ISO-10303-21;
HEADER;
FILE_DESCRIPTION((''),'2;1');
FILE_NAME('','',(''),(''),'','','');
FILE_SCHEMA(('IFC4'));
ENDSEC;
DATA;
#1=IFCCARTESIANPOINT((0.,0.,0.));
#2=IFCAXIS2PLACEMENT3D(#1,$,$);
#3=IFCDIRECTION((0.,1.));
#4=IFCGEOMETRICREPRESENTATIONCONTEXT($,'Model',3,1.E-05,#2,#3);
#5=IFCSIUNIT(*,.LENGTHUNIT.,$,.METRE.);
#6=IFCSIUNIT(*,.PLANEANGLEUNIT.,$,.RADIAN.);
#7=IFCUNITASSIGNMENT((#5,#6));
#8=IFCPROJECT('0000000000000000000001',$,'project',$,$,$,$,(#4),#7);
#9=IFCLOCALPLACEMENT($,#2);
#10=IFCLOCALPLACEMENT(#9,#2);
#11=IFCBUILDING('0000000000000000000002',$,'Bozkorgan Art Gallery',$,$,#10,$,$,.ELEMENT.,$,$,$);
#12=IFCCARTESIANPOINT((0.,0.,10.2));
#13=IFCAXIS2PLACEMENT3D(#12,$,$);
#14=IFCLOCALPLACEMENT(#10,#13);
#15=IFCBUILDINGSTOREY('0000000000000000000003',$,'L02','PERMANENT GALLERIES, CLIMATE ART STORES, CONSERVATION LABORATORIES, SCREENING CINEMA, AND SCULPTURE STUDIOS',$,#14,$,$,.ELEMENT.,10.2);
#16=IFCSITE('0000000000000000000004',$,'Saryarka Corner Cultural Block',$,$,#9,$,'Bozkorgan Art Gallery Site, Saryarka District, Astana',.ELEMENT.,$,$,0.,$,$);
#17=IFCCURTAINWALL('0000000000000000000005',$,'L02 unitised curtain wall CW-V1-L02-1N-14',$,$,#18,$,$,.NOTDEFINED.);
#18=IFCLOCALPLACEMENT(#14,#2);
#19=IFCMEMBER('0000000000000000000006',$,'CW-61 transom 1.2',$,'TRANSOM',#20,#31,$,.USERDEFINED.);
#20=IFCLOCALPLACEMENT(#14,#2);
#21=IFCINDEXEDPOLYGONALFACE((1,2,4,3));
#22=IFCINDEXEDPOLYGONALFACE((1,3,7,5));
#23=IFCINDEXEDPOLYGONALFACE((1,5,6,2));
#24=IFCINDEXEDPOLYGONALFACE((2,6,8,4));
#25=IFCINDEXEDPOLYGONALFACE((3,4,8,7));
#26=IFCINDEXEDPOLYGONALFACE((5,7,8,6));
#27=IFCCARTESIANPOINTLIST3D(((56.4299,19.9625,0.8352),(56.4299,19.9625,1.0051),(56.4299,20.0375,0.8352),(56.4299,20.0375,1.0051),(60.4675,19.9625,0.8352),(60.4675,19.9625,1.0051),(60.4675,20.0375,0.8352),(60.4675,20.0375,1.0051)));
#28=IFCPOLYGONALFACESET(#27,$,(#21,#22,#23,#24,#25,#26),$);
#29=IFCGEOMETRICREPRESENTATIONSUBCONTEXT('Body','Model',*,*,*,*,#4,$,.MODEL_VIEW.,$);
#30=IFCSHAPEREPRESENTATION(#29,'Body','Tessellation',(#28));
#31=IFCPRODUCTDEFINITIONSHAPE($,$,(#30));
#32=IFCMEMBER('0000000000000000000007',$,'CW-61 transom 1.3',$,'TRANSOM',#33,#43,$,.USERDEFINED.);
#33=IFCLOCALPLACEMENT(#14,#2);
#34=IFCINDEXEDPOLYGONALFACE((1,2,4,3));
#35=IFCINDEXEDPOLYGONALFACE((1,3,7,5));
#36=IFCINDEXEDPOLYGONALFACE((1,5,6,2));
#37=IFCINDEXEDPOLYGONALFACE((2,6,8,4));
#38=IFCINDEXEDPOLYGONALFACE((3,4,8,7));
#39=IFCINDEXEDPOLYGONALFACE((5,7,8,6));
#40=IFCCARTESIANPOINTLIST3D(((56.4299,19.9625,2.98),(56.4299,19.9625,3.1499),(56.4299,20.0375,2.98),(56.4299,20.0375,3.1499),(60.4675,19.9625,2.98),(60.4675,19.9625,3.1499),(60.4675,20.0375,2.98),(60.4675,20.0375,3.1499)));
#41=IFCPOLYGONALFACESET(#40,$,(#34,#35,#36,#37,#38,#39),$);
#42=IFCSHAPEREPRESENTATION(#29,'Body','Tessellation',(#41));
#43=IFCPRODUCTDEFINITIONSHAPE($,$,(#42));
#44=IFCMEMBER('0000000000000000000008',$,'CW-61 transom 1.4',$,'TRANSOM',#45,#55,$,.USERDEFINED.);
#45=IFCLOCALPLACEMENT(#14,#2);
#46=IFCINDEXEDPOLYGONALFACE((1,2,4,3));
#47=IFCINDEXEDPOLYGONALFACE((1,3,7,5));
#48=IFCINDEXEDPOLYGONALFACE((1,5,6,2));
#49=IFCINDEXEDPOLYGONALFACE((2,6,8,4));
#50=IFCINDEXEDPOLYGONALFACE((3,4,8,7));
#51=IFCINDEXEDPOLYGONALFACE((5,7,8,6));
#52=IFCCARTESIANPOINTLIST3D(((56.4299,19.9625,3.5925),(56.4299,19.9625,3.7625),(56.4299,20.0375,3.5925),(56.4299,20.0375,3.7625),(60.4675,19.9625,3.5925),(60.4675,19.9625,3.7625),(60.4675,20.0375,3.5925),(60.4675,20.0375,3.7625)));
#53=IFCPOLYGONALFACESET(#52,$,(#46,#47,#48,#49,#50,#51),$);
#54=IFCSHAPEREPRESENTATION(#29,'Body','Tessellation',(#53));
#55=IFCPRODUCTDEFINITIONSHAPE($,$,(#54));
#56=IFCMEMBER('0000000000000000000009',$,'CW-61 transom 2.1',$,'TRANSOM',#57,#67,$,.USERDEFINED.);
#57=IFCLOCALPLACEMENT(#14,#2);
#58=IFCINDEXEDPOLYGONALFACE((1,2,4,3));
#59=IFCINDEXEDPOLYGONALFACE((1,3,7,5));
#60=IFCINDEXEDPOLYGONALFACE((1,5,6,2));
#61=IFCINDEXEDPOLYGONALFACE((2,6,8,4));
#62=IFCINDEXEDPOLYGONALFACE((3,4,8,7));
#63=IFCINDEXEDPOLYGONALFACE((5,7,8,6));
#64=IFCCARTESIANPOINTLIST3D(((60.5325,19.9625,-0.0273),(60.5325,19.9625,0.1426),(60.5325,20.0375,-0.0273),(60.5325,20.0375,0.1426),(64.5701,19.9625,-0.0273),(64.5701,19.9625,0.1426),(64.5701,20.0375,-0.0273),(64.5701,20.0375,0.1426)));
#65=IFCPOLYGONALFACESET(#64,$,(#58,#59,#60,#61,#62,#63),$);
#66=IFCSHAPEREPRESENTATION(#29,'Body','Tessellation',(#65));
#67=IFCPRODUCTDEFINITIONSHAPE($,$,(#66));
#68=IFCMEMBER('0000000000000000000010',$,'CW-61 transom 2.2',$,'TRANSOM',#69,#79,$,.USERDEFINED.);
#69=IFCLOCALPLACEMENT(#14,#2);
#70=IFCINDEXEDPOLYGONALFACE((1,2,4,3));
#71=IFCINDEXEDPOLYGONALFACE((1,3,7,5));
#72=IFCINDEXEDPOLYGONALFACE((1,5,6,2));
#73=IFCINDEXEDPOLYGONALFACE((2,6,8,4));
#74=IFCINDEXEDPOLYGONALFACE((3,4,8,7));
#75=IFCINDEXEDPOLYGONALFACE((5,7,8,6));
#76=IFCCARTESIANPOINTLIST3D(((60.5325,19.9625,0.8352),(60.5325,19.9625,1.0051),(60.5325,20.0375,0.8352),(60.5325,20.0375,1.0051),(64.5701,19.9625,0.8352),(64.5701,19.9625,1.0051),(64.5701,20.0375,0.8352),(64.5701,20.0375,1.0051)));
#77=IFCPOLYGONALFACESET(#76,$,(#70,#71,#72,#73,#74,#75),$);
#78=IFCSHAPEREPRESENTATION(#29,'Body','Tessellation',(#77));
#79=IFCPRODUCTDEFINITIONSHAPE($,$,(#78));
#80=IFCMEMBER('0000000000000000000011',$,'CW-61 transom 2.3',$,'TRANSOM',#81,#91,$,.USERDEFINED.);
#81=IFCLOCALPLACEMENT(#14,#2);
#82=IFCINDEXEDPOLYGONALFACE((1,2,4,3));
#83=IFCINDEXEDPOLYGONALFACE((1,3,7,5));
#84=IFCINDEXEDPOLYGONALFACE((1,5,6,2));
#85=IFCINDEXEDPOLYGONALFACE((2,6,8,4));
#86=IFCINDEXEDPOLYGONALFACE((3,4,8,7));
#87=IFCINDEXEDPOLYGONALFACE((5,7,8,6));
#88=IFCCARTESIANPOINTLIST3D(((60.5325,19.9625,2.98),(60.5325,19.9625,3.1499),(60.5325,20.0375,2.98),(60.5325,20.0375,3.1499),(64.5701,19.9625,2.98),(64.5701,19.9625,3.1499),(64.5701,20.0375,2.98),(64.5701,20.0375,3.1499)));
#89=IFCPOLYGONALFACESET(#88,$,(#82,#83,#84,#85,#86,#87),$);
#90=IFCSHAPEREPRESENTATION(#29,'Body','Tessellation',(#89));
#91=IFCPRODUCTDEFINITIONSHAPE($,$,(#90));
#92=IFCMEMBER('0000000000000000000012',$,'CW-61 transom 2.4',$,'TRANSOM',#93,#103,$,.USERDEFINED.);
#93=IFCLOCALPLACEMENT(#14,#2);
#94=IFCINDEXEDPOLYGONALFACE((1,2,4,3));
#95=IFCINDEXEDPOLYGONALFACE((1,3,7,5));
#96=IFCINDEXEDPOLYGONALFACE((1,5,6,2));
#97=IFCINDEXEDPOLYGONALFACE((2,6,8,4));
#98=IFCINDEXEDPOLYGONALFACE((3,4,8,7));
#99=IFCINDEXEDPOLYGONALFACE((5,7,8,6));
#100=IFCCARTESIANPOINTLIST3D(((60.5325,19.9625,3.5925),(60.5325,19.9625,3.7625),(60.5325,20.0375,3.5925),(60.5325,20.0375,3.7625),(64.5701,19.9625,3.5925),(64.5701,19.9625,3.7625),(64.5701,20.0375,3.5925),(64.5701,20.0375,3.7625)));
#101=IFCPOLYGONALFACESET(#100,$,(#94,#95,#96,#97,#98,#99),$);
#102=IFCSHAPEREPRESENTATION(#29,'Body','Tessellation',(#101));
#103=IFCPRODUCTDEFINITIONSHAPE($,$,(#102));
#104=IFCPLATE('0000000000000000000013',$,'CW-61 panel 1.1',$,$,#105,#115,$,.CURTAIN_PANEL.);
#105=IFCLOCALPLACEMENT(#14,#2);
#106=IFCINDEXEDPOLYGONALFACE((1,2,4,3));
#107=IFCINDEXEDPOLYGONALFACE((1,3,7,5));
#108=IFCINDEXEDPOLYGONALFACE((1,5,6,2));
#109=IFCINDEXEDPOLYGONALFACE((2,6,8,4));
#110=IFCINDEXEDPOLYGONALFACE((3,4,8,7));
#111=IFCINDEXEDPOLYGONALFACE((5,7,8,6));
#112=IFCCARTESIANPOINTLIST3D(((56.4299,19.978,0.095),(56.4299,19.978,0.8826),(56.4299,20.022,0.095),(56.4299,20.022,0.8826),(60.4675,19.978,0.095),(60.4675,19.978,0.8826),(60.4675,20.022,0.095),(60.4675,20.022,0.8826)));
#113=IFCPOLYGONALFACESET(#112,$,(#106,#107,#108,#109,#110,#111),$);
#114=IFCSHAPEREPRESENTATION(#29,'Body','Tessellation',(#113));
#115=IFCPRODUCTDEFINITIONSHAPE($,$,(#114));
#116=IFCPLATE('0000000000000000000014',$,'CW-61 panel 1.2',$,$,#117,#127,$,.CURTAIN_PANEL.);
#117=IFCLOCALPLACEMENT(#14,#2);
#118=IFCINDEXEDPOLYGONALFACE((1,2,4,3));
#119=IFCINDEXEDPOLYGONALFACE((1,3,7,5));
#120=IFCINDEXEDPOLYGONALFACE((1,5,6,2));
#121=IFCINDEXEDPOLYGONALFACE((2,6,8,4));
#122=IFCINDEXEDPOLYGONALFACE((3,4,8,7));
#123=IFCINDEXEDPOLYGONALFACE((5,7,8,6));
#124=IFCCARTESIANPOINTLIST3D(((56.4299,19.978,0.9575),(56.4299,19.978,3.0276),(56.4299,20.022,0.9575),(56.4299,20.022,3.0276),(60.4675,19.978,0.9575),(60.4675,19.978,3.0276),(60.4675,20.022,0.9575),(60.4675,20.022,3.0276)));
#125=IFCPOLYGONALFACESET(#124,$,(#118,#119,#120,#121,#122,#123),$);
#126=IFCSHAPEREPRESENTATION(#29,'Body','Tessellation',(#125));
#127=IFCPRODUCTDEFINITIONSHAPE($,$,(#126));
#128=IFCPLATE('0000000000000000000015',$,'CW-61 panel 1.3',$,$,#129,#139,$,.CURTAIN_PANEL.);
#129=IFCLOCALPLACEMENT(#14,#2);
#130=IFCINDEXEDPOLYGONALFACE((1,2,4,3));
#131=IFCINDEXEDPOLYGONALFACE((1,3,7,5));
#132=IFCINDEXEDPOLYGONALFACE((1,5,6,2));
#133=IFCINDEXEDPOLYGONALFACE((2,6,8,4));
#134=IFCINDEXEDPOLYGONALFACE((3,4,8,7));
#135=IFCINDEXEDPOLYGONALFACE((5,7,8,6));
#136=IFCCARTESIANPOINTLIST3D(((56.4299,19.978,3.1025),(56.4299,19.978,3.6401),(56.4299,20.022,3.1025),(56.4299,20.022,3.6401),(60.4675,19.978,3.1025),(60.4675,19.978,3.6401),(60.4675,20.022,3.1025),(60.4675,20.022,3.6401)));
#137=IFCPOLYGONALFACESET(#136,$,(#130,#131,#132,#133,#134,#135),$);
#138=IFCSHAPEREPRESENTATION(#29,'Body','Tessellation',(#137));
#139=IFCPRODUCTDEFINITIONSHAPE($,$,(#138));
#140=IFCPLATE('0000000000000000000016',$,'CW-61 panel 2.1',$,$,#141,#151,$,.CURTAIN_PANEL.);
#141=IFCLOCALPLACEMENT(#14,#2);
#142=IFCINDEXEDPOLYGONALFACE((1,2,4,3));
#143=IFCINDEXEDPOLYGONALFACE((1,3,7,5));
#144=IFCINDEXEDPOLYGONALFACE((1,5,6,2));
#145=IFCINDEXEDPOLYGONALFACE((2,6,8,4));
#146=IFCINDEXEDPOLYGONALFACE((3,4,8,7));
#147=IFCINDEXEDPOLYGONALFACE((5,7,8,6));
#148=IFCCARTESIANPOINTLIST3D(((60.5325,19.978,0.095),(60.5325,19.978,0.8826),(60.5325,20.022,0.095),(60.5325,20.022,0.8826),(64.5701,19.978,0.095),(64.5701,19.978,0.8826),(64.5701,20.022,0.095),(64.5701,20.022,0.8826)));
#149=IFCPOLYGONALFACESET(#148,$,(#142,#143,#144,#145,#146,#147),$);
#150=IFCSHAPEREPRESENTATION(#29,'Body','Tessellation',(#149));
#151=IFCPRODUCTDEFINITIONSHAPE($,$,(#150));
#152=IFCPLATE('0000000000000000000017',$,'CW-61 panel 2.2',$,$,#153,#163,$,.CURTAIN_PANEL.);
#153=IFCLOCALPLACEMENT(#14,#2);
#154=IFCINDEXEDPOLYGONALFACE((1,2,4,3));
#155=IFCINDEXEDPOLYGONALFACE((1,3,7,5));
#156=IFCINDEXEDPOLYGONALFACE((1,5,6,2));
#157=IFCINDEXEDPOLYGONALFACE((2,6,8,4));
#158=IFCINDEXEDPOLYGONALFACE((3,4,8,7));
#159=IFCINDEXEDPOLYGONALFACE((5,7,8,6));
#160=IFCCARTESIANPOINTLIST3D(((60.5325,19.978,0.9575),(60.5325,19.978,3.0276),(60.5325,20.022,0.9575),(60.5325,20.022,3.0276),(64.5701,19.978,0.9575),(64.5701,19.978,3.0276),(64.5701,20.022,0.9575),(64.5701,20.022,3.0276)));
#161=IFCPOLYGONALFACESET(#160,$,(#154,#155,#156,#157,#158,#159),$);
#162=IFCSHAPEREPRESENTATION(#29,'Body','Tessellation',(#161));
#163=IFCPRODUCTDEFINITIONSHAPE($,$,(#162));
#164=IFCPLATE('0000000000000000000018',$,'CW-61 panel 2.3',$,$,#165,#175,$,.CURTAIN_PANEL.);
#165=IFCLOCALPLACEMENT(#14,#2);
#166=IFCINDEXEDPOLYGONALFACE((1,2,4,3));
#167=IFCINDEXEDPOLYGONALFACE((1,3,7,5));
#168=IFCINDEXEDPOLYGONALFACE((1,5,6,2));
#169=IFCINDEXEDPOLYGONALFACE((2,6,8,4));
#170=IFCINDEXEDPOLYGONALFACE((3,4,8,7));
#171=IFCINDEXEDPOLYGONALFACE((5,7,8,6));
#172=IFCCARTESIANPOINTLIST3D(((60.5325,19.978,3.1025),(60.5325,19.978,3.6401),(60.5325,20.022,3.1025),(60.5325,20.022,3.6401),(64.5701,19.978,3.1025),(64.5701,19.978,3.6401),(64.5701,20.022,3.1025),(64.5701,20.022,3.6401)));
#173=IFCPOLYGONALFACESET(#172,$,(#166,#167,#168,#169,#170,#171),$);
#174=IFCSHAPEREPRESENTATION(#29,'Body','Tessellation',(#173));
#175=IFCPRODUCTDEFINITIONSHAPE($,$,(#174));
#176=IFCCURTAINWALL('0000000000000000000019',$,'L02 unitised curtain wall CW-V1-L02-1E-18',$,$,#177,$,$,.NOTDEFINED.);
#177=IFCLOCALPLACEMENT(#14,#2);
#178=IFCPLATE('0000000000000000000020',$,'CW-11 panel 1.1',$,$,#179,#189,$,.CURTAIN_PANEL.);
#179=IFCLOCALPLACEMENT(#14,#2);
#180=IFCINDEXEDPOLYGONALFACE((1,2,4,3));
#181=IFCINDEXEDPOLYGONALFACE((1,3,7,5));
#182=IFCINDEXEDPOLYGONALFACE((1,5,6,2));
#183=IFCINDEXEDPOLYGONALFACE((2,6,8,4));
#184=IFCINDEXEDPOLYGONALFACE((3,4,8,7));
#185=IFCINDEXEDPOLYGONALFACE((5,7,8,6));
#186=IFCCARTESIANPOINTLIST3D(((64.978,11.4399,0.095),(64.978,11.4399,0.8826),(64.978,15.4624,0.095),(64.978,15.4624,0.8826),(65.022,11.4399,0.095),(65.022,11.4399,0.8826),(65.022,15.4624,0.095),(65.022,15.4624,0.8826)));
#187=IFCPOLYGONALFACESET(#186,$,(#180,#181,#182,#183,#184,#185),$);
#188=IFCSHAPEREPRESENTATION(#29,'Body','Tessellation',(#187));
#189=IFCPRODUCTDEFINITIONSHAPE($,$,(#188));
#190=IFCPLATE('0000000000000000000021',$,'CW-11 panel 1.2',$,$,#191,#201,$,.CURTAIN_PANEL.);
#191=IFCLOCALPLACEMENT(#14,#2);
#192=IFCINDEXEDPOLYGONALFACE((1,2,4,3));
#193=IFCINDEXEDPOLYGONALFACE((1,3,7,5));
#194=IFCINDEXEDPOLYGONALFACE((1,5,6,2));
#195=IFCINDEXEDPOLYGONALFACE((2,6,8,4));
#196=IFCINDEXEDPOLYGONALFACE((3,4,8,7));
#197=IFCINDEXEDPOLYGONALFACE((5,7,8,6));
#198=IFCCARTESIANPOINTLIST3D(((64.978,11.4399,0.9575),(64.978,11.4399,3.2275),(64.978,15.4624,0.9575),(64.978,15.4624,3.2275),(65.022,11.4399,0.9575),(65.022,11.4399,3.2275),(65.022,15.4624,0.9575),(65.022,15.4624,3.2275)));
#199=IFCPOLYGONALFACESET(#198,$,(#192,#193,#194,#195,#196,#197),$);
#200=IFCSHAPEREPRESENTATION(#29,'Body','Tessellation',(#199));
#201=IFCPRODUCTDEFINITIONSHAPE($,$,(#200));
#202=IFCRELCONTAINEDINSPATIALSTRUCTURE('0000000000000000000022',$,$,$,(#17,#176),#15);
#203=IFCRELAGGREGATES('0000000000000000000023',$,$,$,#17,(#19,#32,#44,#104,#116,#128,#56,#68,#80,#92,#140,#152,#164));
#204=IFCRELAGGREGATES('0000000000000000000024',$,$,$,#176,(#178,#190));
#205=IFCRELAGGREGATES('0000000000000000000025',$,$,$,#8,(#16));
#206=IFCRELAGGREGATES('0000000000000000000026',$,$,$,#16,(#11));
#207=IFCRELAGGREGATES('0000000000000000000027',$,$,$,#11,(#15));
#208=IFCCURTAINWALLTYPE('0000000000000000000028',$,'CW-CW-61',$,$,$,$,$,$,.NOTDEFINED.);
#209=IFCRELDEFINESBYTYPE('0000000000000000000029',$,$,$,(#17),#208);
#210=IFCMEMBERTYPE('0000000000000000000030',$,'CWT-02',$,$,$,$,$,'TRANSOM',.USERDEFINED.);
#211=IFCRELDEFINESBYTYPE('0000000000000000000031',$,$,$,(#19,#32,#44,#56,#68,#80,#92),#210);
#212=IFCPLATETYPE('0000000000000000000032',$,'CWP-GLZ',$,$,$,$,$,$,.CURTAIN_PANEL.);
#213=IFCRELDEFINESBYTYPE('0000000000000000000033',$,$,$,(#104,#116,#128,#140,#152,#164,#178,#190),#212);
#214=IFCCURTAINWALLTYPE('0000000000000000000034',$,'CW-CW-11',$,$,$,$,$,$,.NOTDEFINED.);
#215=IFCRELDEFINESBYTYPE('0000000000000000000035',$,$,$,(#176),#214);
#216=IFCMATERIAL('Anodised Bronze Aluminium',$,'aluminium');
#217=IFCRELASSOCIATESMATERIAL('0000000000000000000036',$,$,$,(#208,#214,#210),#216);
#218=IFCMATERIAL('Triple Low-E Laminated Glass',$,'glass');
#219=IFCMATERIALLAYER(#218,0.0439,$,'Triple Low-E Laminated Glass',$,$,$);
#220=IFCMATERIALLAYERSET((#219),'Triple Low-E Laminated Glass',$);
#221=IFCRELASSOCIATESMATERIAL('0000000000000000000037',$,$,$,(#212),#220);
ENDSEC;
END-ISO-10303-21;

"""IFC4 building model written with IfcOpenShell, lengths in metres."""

from ifc_helpers import new_model, si_unit, direction, frame, origin, origin_2d, place, context, subcontext, project, spatial, rectangle, extrude, material, layer, layer_set, material_profile, profile_set, type_object, element, aggregate, save


model = new_model("IFC4")

# Units and contexts
model_context = context("Model", 3, precision=1e-05, world=origin(), true_north=direction((0.0, 1.0)))
body_context = subcontext(model_context, "Body", "Model", "MODEL_VIEW")
ifc_project = project(units=[si_unit("LENGTHUNIT", "METRE"), si_unit("PLANEANGLEUNIT", "RADIAN")], contexts=[model_context])

# Site, building, storey
site_placement = place(None, origin())
site = spatial("IfcSite", under=ifc_project, at=site_placement, Name="Saryarka Corner Cultural Block", LongName="Bozkorgan Art Gallery Site, Saryarka District, Astana", CompositionType="ELEMENT", RefElevation=0.0)
building_placement = place(site_placement, origin())
building = spatial("IfcBuilding", under=site, at=building_placement, Name="Bozkorgan Art Gallery", CompositionType="ELEMENT")
storey_placement = place(building_placement, frame((0.0, 0.0, 10.2)))
storey = spatial("IfcBuildingStorey", under=building, at=storey_placement, Name="L02", Description="PERMANENT GALLERIES, CLIMATE ART STORES, CONSERVATION LABORATORIES, SCREENING CINEMA, AND SCULPTURE STUDIOS", CompositionType="ELEMENT", Elevation=10.2)

# Curtain wall, members, plates
ifc_material_1 = material(Name="Anodised Bronze Aluminium", Category="aluminium")
curtain_wall_type_1 = type_object("IfcCurtainWallType", Name="CW-CW-61", PredefinedType="NOTDEFINED", material=ifc_material_1)
curtain_wall_1_placement = place(storey_placement, origin())
curtain_wall_1 = element("IfcCurtainWall", 1, at=curtain_wall_1_placement, inside=storey, type_object=curtain_wall_type_1, Name="L02 unitised curtain wall CW-V1-L02-1N-14", PredefinedType="NOTDEFINED")
ifc_material_profile_1 = material_profile(ifc_material_1, rectangle(XDim=0.075, YDim=0.1699, at=origin_2d()), Name="ALU TRANSOM 75x170")
ifc_profile_set_1 = profile_set([ifc_material_profile_1], Name="Anodised Bronze Aluminium")
member_type_1 = type_object("IfcMemberType", Name="CWT-02", ElementType="TRANSOM", PredefinedType="USERDEFINED", material=ifc_profile_set_1)
member_1_placement = place(storey_placement, frame((56.4299, 20.0, 0.9202), z_axis=(1.0, 0.0, 0.0), x_axis=(0.0, 1.0, 0.0)))
member_1 = element("IfcMember", 2, at=member_1_placement, type_object=member_type_1, Name="CW-61 transom 1.2", ObjectType="TRANSOM", PredefinedType="USERDEFINED", context=body_context, shape_type="SweptSolid", body=[
    extrude(rectangle(XDim=0.075, YDim=0.1699, at=origin_2d()), origin(), (0.0, 0.0, 1.0), 4.0376),
])
member_2_placement = place(storey_placement, frame((56.4299, 20.0, 3.0649), z_axis=(1.0, 0.0, 0.0), x_axis=(0.0, 1.0, 0.0)))
member_2 = element("IfcMember", 3, at=member_2_placement, type_object=member_type_1, Name="CW-61 transom 1.3", ObjectType="TRANSOM", PredefinedType="USERDEFINED", context=body_context, shape_type="SweptSolid", body=[
    extrude(rectangle(XDim=0.075, YDim=0.1699, at=origin_2d()), origin(), (0.0, 0.0, 1.0), 4.0376),
])
member_3_placement = place(storey_placement, frame((56.4299, 20.0, 3.6775), z_axis=(1.0, 0.0, 0.0), x_axis=(0.0, 1.0, 0.0)))
member_3 = element("IfcMember", 4, at=member_3_placement, type_object=member_type_1, Name="CW-61 transom 1.4", ObjectType="TRANSOM", PredefinedType="USERDEFINED", context=body_context, shape_type="SweptSolid", body=[
    extrude(rectangle(XDim=0.075, YDim=0.1699, at=origin_2d()), origin(), (0.0, 0.0, 1.0), 4.0376),
])
member_4_placement = place(storey_placement, frame((60.5325, 20.0, 0.0576), z_axis=(1.0, 0.0, 0.0), x_axis=(0.0, 1.0, 0.0)))
member_4 = element("IfcMember", 5, at=member_4_placement, type_object=member_type_1, Name="CW-61 transom 2.1", ObjectType="TRANSOM", PredefinedType="USERDEFINED", context=body_context, shape_type="SweptSolid", body=[
    extrude(rectangle(XDim=0.075, YDim=0.1699, at=origin_2d()), origin(), (0.0, 0.0, 1.0), 4.0376),
])
member_5_placement = place(storey_placement, frame((60.5325, 20.0, 0.9202), z_axis=(1.0, 0.0, 0.0), x_axis=(0.0, 1.0, 0.0)))
member_5 = element("IfcMember", 6, at=member_5_placement, type_object=member_type_1, Name="CW-61 transom 2.2", ObjectType="TRANSOM", PredefinedType="USERDEFINED", context=body_context, shape_type="SweptSolid", body=[
    extrude(rectangle(XDim=0.075, YDim=0.1699, at=origin_2d()), origin(), (0.0, 0.0, 1.0), 4.0376),
])
member_6_placement = place(storey_placement, frame((60.5325, 20.0, 3.0649), z_axis=(1.0, 0.0, 0.0), x_axis=(0.0, 1.0, 0.0)))
member_6 = element("IfcMember", 7, at=member_6_placement, type_object=member_type_1, Name="CW-61 transom 2.3", ObjectType="TRANSOM", PredefinedType="USERDEFINED", context=body_context, shape_type="SweptSolid", body=[
    extrude(rectangle(XDim=0.075, YDim=0.1699, at=origin_2d()), origin(), (0.0, 0.0, 1.0), 4.0376),
])
member_7_placement = place(storey_placement, frame((60.5325, 20.0, 3.6775), z_axis=(1.0, 0.0, 0.0), x_axis=(0.0, 1.0, 0.0)))
member_7 = element("IfcMember", 8, at=member_7_placement, type_object=member_type_1, Name="CW-61 transom 2.4", ObjectType="TRANSOM", PredefinedType="USERDEFINED", context=body_context, shape_type="SweptSolid", body=[
    extrude(rectangle(XDim=0.075, YDim=0.1699, at=origin_2d()), origin(), (0.0, 0.0, 1.0), 4.0376),
])
ifc_material_2 = material(Name="Triple Low-E Laminated Glass", Category="glass")
ifc_layer_1 = layer(ifc_material_2, 0.0439, Name="Triple Low-E Laminated Glass")
ifc_layer_set_1 = layer_set([ifc_layer_1], Name="Triple Low-E Laminated Glass")
plate_type = type_object("IfcPlateType", Name="CWP-GLZ", PredefinedType="CURTAIN_PANEL", material=ifc_layer_set_1)
plate_1_placement = place(storey_placement, frame((58.4487, 20.0, 0.095), z_axis=(0.0, 0.0, 1.0), x_axis=(1.0, 0.0, 0.0)))
plate_1 = element("IfcPlate", 9, at=plate_1_placement, type_object=plate_type, Name="CW-61 panel 1.1", PredefinedType="CURTAIN_PANEL", context=body_context, shape_type="SweptSolid", body=[
    extrude(rectangle(XDim=4.0376, YDim=0.0439, at=origin_2d()), origin(), (0.0, 0.0, 1.0), 0.7876),
])
plate_2_placement = place(storey_placement, frame((58.4487, 20.0, 0.9575), z_axis=(0.0, 0.0, 1.0), x_axis=(1.0, 0.0, 0.0)))
plate_2 = element("IfcPlate", 10, at=plate_2_placement, type_object=plate_type, Name="CW-61 panel 1.2", PredefinedType="CURTAIN_PANEL", context=body_context, shape_type="SweptSolid", body=[
    extrude(rectangle(XDim=4.0376, YDim=0.0439, at=origin_2d()), origin(), (0.0, 0.0, 1.0), 2.0701),
])
plate_3_placement = place(storey_placement, frame((58.4487, 20.0, 3.1025), z_axis=(0.0, 0.0, 1.0), x_axis=(1.0, 0.0, 0.0)))
plate_3 = element("IfcPlate", 11, at=plate_3_placement, type_object=plate_type, Name="CW-61 panel 1.3", PredefinedType="CURTAIN_PANEL", context=body_context, shape_type="SweptSolid", body=[
    extrude(rectangle(XDim=4.0376, YDim=0.0439, at=origin_2d()), origin(), (0.0, 0.0, 1.0), 0.5376),
])
plate_4_placement = place(storey_placement, frame((62.5513, 20.0, 0.095), z_axis=(0.0, 0.0, 1.0), x_axis=(1.0, 0.0, 0.0)))
plate_4 = element("IfcPlate", 12, at=plate_4_placement, type_object=plate_type, Name="CW-61 panel 2.1", PredefinedType="CURTAIN_PANEL", context=body_context, shape_type="SweptSolid", body=[
    extrude(rectangle(XDim=4.0376, YDim=0.0439, at=origin_2d()), origin(), (0.0, 0.0, 1.0), 0.7876),
])
plate_5_placement = place(storey_placement, frame((62.5513, 20.0, 0.9575), z_axis=(0.0, 0.0, 1.0), x_axis=(1.0, 0.0, 0.0)))
plate_5 = element("IfcPlate", 13, at=plate_5_placement, type_object=plate_type, Name="CW-61 panel 2.2", PredefinedType="CURTAIN_PANEL", context=body_context, shape_type="SweptSolid", body=[
    extrude(rectangle(XDim=4.0376, YDim=0.0439, at=origin_2d()), origin(), (0.0, 0.0, 1.0), 2.0701),
])
plate_6_placement = place(storey_placement, frame((62.5513, 20.0, 3.1025), z_axis=(0.0, 0.0, 1.0), x_axis=(1.0, 0.0, 0.0)))
plate_6 = element("IfcPlate", 14, at=plate_6_placement, type_object=plate_type, Name="CW-61 panel 2.3", PredefinedType="CURTAIN_PANEL", context=body_context, shape_type="SweptSolid", body=[
    extrude(rectangle(XDim=4.0376, YDim=0.0439, at=origin_2d()), origin(), (0.0, 0.0, 1.0), 0.5376),
])
aggregate(curtain_wall_1, [member_1, member_2, member_3, plate_1, plate_2, plate_3, member_4, member_5, member_6, member_7, plate_4, plate_5, plate_6])

# Curtain wall, plates
curtain_wall_type_2 = type_object("IfcCurtainWallType", Name="CW-CW-11", PredefinedType="NOTDEFINED", material=ifc_material_1)
curtain_wall_2_placement = place(storey_placement, origin())
curtain_wall_2 = element("IfcCurtainWall", 15, at=curtain_wall_2_placement, inside=storey, type_object=curtain_wall_type_2, Name="L02 unitised curtain wall CW-V1-L02-1E-18", PredefinedType="NOTDEFINED")
plate_7_placement = place(storey_placement, frame((65.0, 13.4512, 0.095), z_axis=(0.0, 0.0, 1.0), x_axis=(0.0, 1.0, 0.0)))
plate_7 = element("IfcPlate", 16, at=plate_7_placement, type_object=plate_type, Name="CW-11 panel 1.1", PredefinedType="CURTAIN_PANEL", context=body_context, shape_type="SweptSolid", body=[
    extrude(rectangle(XDim=4.0225, YDim=0.0439, at=origin_2d()), origin(), (0.0, 0.0, 1.0), 0.7876),
])
plate_8_placement = place(storey_placement, frame((65.0, 13.4512, 0.9575), z_axis=(0.0, 0.0, 1.0), x_axis=(0.0, 1.0, 0.0)))
plate_8 = element("IfcPlate", 17, at=plate_8_placement, type_object=plate_type, Name="CW-11 panel 1.2", PredefinedType="CURTAIN_PANEL", context=body_context, shape_type="SweptSolid", body=[
    extrude(rectangle(XDim=4.0225, YDim=0.0439, at=origin_2d()), origin(), (0.0, 0.0, 1.0), 2.27),
])
aggregate(curtain_wall_2, [plate_7, plate_8])

save(model, "model.ifc")
